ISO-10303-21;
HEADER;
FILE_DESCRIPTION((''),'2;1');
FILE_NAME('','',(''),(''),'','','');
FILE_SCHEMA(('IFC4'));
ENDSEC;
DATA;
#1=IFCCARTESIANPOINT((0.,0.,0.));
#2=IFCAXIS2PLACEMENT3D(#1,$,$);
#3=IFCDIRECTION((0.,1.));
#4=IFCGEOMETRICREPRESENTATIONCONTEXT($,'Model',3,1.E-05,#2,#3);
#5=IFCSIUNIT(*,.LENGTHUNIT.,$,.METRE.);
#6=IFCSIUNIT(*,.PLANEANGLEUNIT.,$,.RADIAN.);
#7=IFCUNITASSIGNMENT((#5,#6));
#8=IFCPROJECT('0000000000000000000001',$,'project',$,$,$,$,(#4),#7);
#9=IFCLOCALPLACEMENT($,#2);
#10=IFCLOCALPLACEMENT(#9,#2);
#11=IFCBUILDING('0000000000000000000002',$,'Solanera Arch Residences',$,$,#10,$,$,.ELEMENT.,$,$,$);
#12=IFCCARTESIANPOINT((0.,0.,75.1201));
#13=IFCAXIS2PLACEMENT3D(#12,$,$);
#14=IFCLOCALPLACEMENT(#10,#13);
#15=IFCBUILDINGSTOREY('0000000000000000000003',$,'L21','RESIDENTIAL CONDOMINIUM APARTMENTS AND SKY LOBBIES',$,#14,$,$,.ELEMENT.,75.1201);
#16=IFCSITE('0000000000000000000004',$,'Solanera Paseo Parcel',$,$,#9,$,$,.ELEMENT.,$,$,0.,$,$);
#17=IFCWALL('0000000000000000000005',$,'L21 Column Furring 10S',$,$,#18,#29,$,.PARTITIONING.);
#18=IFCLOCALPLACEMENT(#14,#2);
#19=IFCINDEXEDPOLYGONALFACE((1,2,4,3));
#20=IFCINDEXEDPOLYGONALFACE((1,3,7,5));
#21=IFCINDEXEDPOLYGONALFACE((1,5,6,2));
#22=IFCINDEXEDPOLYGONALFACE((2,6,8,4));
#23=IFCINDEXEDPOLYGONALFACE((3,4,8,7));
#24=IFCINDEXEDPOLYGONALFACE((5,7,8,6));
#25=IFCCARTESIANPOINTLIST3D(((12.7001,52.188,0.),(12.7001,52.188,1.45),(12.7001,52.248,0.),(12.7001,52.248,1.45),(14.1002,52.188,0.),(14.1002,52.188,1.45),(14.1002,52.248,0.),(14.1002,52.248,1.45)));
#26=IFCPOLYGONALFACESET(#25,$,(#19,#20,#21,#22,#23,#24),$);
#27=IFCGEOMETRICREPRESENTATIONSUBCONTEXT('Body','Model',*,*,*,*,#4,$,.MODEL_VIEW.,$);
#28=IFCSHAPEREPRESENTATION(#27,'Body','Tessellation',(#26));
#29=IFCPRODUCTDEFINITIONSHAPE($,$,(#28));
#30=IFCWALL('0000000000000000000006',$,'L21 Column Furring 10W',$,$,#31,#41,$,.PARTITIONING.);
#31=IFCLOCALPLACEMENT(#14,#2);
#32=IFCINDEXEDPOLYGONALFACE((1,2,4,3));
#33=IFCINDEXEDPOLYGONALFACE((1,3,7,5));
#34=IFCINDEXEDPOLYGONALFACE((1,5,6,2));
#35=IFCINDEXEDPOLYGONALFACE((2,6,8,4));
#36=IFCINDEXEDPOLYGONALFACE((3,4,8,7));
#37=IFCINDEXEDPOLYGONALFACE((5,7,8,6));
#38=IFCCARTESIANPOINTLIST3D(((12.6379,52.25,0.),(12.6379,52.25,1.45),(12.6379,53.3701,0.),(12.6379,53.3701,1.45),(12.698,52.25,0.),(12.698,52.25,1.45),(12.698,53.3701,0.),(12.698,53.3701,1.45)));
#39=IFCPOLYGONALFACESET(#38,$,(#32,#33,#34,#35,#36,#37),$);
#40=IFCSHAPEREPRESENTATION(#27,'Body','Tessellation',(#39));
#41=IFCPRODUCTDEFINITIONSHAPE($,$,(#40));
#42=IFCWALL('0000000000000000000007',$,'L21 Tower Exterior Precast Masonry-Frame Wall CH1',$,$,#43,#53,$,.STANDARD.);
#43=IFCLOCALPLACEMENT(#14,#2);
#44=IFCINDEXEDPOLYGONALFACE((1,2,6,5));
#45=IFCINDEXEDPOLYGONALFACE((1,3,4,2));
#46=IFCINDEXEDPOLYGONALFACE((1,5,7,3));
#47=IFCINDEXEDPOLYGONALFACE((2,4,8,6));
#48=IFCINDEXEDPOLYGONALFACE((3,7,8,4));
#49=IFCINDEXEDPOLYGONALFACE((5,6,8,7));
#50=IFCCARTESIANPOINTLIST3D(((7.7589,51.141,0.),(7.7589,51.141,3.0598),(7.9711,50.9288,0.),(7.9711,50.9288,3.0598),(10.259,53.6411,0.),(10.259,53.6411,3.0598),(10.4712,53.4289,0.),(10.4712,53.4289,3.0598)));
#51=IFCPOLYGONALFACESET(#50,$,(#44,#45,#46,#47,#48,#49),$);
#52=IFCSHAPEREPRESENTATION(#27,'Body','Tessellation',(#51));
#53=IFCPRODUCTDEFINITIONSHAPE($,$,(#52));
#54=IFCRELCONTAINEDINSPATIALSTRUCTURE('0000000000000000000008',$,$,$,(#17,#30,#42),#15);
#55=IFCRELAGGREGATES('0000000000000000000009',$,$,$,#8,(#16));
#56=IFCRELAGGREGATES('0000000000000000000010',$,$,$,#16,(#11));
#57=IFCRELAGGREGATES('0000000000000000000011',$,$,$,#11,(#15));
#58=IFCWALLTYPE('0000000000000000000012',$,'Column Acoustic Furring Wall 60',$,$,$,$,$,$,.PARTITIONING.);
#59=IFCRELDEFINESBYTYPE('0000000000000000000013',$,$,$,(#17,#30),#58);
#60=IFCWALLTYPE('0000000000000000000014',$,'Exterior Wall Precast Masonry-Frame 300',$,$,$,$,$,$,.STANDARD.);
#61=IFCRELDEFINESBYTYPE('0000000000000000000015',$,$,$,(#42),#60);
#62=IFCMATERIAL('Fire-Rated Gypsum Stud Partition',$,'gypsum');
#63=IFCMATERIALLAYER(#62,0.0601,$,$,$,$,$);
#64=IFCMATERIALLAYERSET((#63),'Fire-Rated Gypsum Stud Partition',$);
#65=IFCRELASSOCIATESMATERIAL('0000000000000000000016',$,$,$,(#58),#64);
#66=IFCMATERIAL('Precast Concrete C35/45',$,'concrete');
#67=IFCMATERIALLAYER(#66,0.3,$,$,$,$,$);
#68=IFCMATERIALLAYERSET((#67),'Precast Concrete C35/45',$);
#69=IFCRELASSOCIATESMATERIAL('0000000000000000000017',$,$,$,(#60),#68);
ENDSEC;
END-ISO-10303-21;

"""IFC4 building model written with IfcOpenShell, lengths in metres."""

from ifc_helpers import new_model, si_unit, direction, frame, frame_2d, origin, place, context, subcontext, project, spatial, rectangle, extrude, material, layer, layer_set, type_object, element, save


model = new_model("IFC4")

# Units and contexts
model_context = context("Model", 3, precision=1e-05, world=origin(), true_north=direction((0.0, 1.0)))
body_context = subcontext(model_context, "Body", "Model", "MODEL_VIEW")
ifc_project = project(units=[si_unit("LENGTHUNIT", "METRE"), si_unit("PLANEANGLEUNIT", "RADIAN")], contexts=[model_context])

# Site, building, storey
site_placement = place(None, origin())
site = spatial("IfcSite", under=ifc_project, at=site_placement, Name="Solanera Paseo Parcel", CompositionType="ELEMENT", RefElevation=0.0)
building_placement = place(site_placement, origin())
building = spatial("IfcBuilding", under=site, at=building_placement, Name="Solanera Arch Residences", CompositionType="ELEMENT")
storey_placement = place(building_placement, frame((0.0, 0.0, 75.1201)))
storey = spatial("IfcBuildingStorey", under=building, at=storey_placement, Name="L21", Description="RESIDENTIAL CONDOMINIUM APARTMENTS AND SKY LOBBIES", CompositionType="ELEMENT", Elevation=75.1201)

# Walls
ifc_material_1 = material(Name="Fire-Rated Gypsum Stud Partition", Category="gypsum")
ifc_layer_1 = layer(ifc_material_1, 0.0601)
ifc_layer_set_1 = layer_set([ifc_layer_1], Name="Fire-Rated Gypsum Stud Partition")
wall_type_1 = type_object("IfcWallType", Name="Column Acoustic Furring Wall 60", PredefinedType="PARTITIONING", material=ifc_layer_set_1)
wall_1_placement = place(storey_placement, frame((12.7, 52.218, 0.0), z_axis=(0.0, 0.0, 1.0), x_axis=(1.0, 0.0, 0.0)))
element("IfcWall", 1, at=wall_1_placement, inside=storey, type_object=wall_type_1, Name="L21 Column Furring 10S", PredefinedType="PARTITIONING", context=body_context, shape_type="SweptSolid", body=[
    extrude(rectangle(XDim=1.4001, YDim=0.0601, at=frame_2d((0.7002, 0.0))), origin(), (0.0, 0.0, 1.0), 1.45),
])
wall_2_placement = place(storey_placement, frame((12.668, 52.25, 0.0), z_axis=(0.0, 0.0, 1.0), x_axis=(0.0, 1.0, 0.0)))
element("IfcWall", 2, at=wall_2_placement, inside=storey, type_object=wall_type_1, Name="L21 Column Furring 10W", PredefinedType="PARTITIONING", context=body_context, shape_type="SweptSolid", body=[
    extrude(rectangle(XDim=1.1201, YDim=0.0601, at=frame_2d((0.5601, 0.0))), origin(), (0.0, 0.0, 1.0), 1.45),
])
ifc_material_2 = material(Name="Precast Concrete C35/45", Category="concrete")
ifc_layer_2 = layer(ifc_material_2, 0.3)
ifc_layer_set_2 = layer_set([ifc_layer_2], Name="Precast Concrete C35/45")
wall_type_2 = type_object("IfcWallType", Name="Exterior Wall Precast Masonry-Frame 300", PredefinedType="STANDARD", material=ifc_layer_set_2)
wall_3_placement = place(storey_placement, frame((7.865, 51.0349, 0.0), z_axis=(0.0, 0.0, 1.0), x_axis=(0.707107, 0.707107, 0.0)))
element("IfcWall", 3, at=wall_3_placement, inside=storey, type_object=wall_type_2, Name="L21 Tower Exterior Precast Masonry-Frame Wall CH1", PredefinedType="STANDARD", context=body_context, shape_type="SweptSolid", body=[
    extrude(rectangle(XDim=3.5356, YDim=0.3, at=frame_2d((1.7678, 0.0))), origin(), (0.0, 0.0, 1.0), 3.0598),
])

save(model, "model.ifc")
